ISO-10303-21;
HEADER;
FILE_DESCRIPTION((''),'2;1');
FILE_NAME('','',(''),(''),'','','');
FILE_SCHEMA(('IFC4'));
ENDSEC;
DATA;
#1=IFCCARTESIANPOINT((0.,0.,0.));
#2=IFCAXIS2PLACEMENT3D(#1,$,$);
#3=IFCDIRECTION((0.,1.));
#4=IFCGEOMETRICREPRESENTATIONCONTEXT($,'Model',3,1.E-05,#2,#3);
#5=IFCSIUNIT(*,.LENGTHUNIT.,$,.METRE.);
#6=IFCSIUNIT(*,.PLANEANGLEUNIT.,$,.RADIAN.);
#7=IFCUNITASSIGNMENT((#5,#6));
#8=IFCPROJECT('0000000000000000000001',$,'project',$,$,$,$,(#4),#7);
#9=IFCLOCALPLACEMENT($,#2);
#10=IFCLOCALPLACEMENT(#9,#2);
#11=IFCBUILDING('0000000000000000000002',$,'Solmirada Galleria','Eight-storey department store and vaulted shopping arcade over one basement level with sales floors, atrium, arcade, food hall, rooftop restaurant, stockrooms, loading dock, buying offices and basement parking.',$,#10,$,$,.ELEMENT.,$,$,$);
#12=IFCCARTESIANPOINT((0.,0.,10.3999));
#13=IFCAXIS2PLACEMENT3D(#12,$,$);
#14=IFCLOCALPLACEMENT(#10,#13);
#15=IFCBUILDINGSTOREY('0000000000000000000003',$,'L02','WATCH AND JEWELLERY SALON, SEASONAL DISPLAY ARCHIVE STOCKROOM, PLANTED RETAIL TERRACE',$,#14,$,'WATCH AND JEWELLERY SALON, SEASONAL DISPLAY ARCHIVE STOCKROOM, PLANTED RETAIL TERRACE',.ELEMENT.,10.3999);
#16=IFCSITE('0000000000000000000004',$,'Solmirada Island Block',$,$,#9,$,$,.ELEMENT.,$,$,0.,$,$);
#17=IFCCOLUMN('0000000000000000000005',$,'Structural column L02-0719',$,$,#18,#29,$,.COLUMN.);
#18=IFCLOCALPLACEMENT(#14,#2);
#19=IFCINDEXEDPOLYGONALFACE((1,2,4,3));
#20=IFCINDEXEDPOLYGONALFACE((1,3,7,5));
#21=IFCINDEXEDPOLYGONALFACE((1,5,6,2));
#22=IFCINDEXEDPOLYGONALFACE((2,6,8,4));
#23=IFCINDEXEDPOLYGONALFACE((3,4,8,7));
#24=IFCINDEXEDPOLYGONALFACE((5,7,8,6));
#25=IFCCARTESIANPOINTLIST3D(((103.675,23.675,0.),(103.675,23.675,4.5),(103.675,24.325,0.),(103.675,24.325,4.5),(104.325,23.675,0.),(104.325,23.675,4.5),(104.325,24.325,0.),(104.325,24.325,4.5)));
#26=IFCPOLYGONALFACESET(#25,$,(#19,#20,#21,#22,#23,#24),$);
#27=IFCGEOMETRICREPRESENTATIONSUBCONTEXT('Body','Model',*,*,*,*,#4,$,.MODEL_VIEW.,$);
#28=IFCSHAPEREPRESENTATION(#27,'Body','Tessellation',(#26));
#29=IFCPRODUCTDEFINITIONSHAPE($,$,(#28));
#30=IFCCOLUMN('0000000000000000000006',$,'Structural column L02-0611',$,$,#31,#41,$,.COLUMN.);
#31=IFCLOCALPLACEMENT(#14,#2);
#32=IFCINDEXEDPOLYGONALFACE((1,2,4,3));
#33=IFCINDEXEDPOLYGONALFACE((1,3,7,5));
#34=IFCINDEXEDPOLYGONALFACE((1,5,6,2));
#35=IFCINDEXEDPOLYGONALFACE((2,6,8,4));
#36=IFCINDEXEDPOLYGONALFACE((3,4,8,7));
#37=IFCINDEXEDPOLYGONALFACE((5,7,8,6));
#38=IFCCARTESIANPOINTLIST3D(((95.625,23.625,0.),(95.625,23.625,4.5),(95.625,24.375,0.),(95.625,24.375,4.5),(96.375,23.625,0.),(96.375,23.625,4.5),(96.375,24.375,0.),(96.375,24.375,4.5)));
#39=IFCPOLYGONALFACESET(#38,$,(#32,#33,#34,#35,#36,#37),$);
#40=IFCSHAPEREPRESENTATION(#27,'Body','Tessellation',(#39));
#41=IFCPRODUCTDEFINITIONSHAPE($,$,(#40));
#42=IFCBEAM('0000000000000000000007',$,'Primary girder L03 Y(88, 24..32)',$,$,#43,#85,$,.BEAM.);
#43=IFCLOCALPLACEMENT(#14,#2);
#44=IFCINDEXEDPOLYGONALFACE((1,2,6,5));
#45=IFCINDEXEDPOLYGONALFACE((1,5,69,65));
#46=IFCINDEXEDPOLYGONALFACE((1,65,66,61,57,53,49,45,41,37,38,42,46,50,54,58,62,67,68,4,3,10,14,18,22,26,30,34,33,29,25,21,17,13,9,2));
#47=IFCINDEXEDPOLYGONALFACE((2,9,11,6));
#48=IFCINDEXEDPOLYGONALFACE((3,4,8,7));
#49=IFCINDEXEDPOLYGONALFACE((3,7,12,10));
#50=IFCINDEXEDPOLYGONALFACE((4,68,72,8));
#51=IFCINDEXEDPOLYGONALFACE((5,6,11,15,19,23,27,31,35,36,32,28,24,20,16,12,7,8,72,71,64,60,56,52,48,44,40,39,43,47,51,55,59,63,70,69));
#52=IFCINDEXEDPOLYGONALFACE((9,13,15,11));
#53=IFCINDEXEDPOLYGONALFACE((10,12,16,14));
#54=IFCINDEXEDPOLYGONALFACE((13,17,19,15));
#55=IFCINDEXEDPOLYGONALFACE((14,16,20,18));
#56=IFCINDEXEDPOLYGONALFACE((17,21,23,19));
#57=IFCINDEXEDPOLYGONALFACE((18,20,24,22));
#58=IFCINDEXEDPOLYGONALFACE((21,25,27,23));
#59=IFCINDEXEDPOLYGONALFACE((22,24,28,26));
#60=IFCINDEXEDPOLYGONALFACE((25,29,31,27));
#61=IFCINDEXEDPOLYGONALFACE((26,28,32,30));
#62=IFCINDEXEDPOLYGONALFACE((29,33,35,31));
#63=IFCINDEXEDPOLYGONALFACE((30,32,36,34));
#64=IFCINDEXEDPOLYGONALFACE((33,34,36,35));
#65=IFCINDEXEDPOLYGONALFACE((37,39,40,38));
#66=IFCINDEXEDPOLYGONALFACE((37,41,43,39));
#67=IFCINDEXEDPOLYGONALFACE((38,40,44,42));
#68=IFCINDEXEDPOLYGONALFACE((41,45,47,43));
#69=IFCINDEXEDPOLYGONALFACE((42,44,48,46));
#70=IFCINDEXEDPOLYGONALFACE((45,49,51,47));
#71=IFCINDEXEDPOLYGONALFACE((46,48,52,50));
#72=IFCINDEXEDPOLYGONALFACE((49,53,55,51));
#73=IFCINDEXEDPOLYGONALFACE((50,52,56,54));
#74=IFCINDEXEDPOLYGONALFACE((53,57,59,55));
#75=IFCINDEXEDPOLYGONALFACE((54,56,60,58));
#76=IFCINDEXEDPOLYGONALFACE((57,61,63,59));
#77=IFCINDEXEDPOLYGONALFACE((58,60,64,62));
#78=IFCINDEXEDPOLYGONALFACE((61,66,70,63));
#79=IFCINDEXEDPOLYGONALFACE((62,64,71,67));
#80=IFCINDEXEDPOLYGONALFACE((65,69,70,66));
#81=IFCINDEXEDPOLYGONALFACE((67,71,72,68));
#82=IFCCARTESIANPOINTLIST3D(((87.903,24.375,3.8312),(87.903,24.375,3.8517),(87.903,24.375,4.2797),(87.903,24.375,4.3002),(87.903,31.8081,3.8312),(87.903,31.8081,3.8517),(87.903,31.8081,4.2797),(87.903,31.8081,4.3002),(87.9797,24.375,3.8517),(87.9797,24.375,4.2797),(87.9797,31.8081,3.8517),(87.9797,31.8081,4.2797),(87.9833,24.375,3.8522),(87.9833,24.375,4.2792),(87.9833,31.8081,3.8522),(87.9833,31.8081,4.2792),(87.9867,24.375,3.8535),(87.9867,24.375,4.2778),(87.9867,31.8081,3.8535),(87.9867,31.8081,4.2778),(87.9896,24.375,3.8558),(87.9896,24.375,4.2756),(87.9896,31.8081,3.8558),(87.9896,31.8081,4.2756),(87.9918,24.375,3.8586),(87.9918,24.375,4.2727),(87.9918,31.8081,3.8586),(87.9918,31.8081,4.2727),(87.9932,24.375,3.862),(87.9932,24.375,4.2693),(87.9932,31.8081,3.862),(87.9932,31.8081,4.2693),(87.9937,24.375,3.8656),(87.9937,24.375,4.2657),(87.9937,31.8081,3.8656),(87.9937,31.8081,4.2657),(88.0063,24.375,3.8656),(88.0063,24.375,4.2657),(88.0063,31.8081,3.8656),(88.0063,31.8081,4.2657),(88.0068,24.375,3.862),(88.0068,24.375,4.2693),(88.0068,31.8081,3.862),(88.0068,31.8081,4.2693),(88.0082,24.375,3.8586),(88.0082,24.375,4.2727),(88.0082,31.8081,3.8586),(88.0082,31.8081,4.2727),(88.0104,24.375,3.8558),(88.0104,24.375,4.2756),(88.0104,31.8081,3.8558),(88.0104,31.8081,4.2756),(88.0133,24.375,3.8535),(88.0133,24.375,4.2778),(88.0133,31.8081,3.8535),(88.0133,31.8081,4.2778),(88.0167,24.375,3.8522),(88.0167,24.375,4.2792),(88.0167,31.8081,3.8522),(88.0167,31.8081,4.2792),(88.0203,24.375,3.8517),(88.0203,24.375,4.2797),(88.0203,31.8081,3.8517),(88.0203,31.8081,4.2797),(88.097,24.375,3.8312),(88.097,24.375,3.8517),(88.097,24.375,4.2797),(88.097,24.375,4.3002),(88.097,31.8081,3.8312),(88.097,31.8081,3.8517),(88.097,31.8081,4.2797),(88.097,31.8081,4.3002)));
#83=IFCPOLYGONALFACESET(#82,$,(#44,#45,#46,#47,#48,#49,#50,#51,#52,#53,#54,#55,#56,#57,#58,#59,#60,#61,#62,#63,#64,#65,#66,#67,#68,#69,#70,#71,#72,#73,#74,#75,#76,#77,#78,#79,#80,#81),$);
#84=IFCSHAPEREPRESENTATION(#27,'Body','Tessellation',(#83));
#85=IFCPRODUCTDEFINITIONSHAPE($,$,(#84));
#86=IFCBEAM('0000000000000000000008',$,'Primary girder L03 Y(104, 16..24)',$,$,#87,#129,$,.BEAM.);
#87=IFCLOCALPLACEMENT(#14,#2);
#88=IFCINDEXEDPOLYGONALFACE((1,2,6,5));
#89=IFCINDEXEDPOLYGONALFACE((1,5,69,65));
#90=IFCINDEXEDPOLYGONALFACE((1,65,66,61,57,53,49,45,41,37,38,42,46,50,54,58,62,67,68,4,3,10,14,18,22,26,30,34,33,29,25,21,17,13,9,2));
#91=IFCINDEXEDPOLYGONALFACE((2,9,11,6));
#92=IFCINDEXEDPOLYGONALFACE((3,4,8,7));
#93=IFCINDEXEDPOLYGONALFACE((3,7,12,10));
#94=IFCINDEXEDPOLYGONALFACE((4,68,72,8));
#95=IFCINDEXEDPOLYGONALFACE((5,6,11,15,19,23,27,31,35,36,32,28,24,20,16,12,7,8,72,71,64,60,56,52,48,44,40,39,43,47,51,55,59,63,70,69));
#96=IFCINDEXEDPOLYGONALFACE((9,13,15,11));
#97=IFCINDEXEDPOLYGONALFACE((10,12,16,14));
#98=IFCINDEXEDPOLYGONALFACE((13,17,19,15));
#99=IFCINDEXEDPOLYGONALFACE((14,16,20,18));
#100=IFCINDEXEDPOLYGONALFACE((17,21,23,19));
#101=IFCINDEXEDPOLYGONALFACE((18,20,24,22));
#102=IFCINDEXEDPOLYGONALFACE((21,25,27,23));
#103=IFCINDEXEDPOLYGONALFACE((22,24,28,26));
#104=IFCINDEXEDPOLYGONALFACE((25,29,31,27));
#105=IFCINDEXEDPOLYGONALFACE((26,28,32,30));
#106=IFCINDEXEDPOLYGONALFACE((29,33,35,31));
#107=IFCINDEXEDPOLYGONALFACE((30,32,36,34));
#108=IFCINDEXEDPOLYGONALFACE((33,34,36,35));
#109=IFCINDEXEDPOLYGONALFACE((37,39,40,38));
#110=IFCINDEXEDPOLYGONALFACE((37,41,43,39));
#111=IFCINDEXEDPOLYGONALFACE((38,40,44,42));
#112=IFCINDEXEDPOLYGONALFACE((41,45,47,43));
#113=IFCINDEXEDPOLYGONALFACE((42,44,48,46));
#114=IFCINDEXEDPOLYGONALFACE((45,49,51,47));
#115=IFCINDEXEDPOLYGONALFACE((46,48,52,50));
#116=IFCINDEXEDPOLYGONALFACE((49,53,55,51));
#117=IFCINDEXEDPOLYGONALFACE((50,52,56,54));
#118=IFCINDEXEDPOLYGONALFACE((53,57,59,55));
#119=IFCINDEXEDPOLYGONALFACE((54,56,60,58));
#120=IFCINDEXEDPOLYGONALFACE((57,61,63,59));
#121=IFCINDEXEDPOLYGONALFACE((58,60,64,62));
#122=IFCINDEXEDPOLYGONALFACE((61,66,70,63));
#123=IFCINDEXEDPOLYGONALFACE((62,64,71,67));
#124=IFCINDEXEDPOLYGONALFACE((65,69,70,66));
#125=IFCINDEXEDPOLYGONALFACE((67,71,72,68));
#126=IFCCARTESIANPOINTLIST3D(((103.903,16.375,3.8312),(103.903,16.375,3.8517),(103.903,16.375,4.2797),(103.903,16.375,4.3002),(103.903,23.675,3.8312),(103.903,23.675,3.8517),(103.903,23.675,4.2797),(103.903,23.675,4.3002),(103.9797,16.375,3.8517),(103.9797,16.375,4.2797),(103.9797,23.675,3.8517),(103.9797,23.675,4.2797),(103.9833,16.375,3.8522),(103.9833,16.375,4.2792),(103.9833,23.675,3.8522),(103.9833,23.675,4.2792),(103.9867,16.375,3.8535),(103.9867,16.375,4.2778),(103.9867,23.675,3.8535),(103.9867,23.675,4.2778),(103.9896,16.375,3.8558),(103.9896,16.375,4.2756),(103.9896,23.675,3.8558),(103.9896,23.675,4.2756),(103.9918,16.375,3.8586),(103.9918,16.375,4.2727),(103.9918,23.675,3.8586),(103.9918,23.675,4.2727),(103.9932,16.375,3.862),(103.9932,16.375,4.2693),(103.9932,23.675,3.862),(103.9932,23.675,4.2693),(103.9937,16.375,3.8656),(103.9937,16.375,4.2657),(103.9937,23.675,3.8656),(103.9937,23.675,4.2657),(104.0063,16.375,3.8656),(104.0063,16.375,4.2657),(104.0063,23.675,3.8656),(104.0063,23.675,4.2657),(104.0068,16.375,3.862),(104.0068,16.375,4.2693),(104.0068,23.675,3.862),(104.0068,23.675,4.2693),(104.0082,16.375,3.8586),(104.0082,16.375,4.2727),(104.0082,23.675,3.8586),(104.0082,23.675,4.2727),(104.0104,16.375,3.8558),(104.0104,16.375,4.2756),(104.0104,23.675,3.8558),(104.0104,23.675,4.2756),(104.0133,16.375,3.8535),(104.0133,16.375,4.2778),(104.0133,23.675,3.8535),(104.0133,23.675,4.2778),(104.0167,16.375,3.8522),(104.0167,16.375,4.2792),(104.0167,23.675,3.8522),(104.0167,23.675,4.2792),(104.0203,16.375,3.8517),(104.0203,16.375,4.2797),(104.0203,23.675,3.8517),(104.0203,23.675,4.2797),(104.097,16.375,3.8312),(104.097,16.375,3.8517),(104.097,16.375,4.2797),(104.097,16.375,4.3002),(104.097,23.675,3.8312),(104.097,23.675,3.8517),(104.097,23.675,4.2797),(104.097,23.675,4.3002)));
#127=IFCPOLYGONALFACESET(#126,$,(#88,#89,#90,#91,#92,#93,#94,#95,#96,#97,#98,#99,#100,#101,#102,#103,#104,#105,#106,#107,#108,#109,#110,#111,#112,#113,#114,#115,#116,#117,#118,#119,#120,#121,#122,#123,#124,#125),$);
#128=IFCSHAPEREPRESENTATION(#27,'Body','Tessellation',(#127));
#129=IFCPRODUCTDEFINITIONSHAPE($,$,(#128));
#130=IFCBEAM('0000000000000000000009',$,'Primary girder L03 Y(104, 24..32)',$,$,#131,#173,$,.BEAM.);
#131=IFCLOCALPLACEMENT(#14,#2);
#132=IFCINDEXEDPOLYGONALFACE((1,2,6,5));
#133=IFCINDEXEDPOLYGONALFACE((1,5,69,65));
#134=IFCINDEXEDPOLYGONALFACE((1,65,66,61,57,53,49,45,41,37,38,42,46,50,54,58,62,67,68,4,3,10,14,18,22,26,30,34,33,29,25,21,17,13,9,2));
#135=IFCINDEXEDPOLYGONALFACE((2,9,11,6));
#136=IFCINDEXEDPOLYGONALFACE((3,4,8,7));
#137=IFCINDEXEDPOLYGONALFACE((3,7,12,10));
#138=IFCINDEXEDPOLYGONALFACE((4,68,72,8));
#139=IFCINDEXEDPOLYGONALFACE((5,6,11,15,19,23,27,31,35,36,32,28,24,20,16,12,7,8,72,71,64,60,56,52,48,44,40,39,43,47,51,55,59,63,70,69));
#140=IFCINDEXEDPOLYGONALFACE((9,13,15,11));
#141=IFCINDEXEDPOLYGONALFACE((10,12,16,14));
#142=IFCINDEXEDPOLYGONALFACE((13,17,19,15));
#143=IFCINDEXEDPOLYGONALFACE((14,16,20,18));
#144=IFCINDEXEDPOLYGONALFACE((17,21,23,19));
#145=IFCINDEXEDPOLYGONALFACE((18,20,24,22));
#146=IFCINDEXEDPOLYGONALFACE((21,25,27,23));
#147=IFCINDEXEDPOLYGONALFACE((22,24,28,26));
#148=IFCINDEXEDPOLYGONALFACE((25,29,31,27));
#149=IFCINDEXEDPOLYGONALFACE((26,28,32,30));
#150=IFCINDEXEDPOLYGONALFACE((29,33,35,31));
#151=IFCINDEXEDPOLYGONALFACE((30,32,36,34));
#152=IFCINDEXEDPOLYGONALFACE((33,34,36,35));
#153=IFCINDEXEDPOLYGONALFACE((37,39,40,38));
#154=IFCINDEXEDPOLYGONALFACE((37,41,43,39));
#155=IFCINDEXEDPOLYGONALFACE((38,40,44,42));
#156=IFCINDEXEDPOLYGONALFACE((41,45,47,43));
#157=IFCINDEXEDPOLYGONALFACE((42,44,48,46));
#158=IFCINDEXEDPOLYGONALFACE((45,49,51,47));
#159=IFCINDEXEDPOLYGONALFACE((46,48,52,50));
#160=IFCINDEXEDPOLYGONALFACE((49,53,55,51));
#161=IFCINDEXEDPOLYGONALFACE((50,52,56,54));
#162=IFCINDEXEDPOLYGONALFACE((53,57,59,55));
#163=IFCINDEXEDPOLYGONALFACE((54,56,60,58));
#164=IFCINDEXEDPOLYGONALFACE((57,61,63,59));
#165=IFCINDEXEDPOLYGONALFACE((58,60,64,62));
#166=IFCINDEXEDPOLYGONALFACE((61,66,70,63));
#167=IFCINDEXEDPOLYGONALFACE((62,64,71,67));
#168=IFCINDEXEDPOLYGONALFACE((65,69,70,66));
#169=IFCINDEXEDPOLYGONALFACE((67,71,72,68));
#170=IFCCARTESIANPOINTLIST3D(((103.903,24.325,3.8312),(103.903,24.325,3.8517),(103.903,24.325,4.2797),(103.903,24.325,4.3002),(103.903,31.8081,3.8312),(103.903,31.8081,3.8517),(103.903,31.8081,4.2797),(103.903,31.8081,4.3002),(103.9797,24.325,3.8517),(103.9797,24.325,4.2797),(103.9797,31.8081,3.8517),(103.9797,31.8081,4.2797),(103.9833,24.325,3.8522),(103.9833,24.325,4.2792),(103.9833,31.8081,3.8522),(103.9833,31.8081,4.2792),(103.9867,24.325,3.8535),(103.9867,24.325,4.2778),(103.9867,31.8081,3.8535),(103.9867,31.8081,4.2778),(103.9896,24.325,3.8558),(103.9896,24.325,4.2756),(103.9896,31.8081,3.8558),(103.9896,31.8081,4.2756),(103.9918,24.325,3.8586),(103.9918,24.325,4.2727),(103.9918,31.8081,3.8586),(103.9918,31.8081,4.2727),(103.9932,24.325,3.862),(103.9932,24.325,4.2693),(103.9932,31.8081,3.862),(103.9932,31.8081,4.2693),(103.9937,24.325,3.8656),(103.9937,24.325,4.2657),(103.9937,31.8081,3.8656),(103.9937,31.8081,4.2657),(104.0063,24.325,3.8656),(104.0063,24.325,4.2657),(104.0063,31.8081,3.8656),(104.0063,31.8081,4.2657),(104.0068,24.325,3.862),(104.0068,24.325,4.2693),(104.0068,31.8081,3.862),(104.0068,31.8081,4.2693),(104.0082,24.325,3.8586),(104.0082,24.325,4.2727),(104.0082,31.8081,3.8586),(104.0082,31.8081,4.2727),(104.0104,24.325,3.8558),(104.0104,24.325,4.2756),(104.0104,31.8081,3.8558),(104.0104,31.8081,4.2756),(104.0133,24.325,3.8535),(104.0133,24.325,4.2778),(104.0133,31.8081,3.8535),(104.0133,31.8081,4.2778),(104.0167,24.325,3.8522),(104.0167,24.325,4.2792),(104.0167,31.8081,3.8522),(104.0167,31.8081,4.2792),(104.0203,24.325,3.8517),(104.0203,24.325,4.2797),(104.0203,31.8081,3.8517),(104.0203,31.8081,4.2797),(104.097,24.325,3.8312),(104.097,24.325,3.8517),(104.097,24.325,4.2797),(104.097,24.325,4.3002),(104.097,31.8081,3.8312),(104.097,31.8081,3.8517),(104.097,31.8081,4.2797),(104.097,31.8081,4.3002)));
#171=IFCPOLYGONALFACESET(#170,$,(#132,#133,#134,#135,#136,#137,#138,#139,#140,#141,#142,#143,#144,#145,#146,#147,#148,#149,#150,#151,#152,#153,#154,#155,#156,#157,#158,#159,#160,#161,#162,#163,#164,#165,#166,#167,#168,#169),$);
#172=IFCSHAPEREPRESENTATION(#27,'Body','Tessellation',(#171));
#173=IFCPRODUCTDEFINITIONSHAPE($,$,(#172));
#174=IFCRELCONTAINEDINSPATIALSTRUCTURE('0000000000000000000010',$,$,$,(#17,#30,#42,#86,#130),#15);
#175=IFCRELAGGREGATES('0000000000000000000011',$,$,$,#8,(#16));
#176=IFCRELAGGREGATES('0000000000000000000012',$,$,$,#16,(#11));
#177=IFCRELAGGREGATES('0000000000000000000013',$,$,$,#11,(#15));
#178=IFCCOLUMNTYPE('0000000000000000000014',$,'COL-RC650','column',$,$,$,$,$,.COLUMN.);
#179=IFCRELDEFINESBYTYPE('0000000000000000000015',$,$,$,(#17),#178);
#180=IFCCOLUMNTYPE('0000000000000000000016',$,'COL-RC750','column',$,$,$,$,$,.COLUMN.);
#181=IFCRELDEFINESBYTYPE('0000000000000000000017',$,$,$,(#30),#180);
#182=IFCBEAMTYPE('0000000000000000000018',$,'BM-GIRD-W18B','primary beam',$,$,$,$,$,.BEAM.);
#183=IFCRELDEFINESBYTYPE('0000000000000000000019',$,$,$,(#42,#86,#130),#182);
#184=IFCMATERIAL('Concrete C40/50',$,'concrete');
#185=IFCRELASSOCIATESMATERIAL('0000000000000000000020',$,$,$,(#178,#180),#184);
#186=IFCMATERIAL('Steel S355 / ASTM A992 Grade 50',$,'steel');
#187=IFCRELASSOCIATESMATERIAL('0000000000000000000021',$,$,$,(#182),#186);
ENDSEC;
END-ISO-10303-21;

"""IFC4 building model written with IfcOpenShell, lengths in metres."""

from ifc_helpers import new_model, si_unit, direction, frame, origin, origin_2d, place, context, subcontext, project, spatial, rectangle, i_section, extrude, material, material_profile, profile_set, type_object, element, save


model = new_model("IFC4")

# Units and contexts
model_context = context("Model", 3, precision=1e-05, world=origin(), true_north=direction((0.0, 1.0)))
body_context = subcontext(model_context, "Body", "Model", "MODEL_VIEW")
ifc_project = project(units=[si_unit("LENGTHUNIT", "METRE"), si_unit("PLANEANGLEUNIT", "RADIAN")], contexts=[model_context])

# Site, building, storey
site_placement = place(None, origin())
site = spatial("IfcSite", under=ifc_project, at=site_placement, Name="Solmirada Island Block", CompositionType="ELEMENT", RefElevation=0.0)
building_placement = place(site_placement, origin())
building = spatial("IfcBuilding", under=site, at=building_placement, Name="Solmirada Galleria", Description="Eight-storey department store and vaulted shopping arcade over one basement level with sales floors, atrium, arcade, food hall, rooftop restaurant, stockrooms, loading dock, buying offices and basement parking.", CompositionType="ELEMENT")
storey_placement = place(building_placement, frame((0.0, 0.0, 10.3999)))
storey = spatial("IfcBuildingStorey", under=building, at=storey_placement, Name="L02", Description="WATCH AND JEWELLERY SALON, SEASONAL DISPLAY ARCHIVE STOCKROOM, PLANTED RETAIL TERRACE", LongName="WATCH AND JEWELLERY SALON, SEASONAL DISPLAY ARCHIVE STOCKROOM, PLANTED RETAIL TERRACE", CompositionType="ELEMENT", Elevation=10.3999)

# Columns
ifc_material_1 = material(Name="Concrete C40/50", Category="concrete")
ifc_material_profile_1 = material_profile(ifc_material_1, rectangle(XDim=0.6499, YDim=0.6499, at=origin_2d()), Name="RC650X650")
ifc_profile_set_1 = profile_set([ifc_material_profile_1], Name="Concrete C40/50")
column_type_1 = type_object("IfcColumnType", Name="COL-RC650", Description="column", PredefinedType="COLUMN", material=ifc_profile_set_1)
column_1_placement = place(storey_placement, frame((104.0, 24.0, 0.0), z_axis=(0.0, 0.0, 1.0), x_axis=(1.0, 0.0, 0.0)))
element("IfcColumn", 1, at=column_1_placement, inside=storey, type_object=column_type_1, Name="Structural column L02-0719", PredefinedType="COLUMN", context=body_context, shape_type="SweptSolid", body=[
    extrude(rectangle(XDim=0.6499, YDim=0.6499, at=origin_2d()), origin(), (0.0, 0.0, 1.0), 4.5),
])
ifc_material_profile_2 = material_profile(ifc_material_1, rectangle(XDim=0.75, YDim=0.75, at=origin_2d()), Name="RC750X750")
ifc_profile_set_2 = profile_set([ifc_material_profile_2], Name="Concrete C40/50")
column_type_2 = type_object("IfcColumnType", Name="COL-RC750", Description="column", PredefinedType="COLUMN", material=ifc_profile_set_2)
column_2_placement = place(storey_placement, frame((96.0, 24.0, 0.0), z_axis=(0.0, 0.0, 1.0), x_axis=(1.0, 0.0, 0.0)))
element("IfcColumn", 2, at=column_2_placement, inside=storey, type_object=column_type_2, Name="Structural column L02-0611", PredefinedType="COLUMN", context=body_context, shape_type="SweptSolid", body=[
    extrude(rectangle(XDim=0.75, YDim=0.75, at=origin_2d()), origin(), (0.0, 0.0, 1.0), 4.5),
])

# Beams
ifc_material_2 = material(Name="Steel S355 / ASTM A992 Grade 50", Category="steel")
ifc_material_profile_3 = material_profile(ifc_material_2, i_section(OverallWidth=0.1941, OverallDepth=0.469, WebThickness=0.0127, FlangeThickness=0.0205, FilletRadius=0.0139, at=origin_2d()), Name="W18X71")
ifc_profile_set_3 = profile_set([ifc_material_profile_3], Name="Steel S355 / ASTM A992 Grade 50")
beam_type_1 = type_object("IfcBeamType", Name="BM-GIRD-W18B", Description="primary beam", PredefinedType="BEAM", material=ifc_profile_set_3)
beam_1_placement = place(storey_placement, frame((88.0, 24.375, 4.0657), z_axis=(0.0, 1.0, 0.0), x_axis=(-1.0, 0.0, 0.0)))
element("IfcBeam", 3, at=beam_1_placement, inside=storey, type_object=beam_type_1, Name="Primary girder L03 Y(88, 24..32)", PredefinedType="BEAM", context=body_context, shape_type="SweptSolid", body=[
    extrude(i_section(OverallWidth=0.1941, OverallDepth=0.469, WebThickness=0.0127, FlangeThickness=0.0205, FilletRadius=0.0139, at=origin_2d()), origin(), (0.0, 0.0, 1.0), 7.4331),
])
beam_2_placement = place(storey_placement, frame((104.0, 16.375, 4.0657), z_axis=(0.0, 1.0, 0.0), x_axis=(-1.0, 0.0, 0.0)))
element("IfcBeam", 4, at=beam_2_placement, inside=storey, type_object=beam_type_1, Name="Primary girder L03 Y(104, 16..24)", PredefinedType="BEAM", context=body_context, shape_type="SweptSolid", body=[
    extrude(i_section(OverallWidth=0.1941, OverallDepth=0.469, WebThickness=0.0127, FlangeThickness=0.0205, FilletRadius=0.0139, at=origin_2d()), origin(), (0.0, 0.0, 1.0), 7.3),
])
beam_3_placement = place(storey_placement, frame((104.0, 24.325, 4.0657), z_axis=(0.0, 1.0, 0.0), x_axis=(-1.0, 0.0, 0.0)))
element("IfcBeam", 5, at=beam_3_placement, inside=storey, type_object=beam_type_1, Name="Primary girder L03 Y(104, 24..32)", PredefinedType="BEAM", context=body_context, shape_type="SweptSolid", body=[
    extrude(i_section(OverallWidth=0.1941, OverallDepth=0.469, WebThickness=0.0127, FlangeThickness=0.0205, FilletRadius=0.0139, at=origin_2d()), origin(), (0.0, 0.0, 1.0), 7.4832),
])

save(model, "model.ifc")
